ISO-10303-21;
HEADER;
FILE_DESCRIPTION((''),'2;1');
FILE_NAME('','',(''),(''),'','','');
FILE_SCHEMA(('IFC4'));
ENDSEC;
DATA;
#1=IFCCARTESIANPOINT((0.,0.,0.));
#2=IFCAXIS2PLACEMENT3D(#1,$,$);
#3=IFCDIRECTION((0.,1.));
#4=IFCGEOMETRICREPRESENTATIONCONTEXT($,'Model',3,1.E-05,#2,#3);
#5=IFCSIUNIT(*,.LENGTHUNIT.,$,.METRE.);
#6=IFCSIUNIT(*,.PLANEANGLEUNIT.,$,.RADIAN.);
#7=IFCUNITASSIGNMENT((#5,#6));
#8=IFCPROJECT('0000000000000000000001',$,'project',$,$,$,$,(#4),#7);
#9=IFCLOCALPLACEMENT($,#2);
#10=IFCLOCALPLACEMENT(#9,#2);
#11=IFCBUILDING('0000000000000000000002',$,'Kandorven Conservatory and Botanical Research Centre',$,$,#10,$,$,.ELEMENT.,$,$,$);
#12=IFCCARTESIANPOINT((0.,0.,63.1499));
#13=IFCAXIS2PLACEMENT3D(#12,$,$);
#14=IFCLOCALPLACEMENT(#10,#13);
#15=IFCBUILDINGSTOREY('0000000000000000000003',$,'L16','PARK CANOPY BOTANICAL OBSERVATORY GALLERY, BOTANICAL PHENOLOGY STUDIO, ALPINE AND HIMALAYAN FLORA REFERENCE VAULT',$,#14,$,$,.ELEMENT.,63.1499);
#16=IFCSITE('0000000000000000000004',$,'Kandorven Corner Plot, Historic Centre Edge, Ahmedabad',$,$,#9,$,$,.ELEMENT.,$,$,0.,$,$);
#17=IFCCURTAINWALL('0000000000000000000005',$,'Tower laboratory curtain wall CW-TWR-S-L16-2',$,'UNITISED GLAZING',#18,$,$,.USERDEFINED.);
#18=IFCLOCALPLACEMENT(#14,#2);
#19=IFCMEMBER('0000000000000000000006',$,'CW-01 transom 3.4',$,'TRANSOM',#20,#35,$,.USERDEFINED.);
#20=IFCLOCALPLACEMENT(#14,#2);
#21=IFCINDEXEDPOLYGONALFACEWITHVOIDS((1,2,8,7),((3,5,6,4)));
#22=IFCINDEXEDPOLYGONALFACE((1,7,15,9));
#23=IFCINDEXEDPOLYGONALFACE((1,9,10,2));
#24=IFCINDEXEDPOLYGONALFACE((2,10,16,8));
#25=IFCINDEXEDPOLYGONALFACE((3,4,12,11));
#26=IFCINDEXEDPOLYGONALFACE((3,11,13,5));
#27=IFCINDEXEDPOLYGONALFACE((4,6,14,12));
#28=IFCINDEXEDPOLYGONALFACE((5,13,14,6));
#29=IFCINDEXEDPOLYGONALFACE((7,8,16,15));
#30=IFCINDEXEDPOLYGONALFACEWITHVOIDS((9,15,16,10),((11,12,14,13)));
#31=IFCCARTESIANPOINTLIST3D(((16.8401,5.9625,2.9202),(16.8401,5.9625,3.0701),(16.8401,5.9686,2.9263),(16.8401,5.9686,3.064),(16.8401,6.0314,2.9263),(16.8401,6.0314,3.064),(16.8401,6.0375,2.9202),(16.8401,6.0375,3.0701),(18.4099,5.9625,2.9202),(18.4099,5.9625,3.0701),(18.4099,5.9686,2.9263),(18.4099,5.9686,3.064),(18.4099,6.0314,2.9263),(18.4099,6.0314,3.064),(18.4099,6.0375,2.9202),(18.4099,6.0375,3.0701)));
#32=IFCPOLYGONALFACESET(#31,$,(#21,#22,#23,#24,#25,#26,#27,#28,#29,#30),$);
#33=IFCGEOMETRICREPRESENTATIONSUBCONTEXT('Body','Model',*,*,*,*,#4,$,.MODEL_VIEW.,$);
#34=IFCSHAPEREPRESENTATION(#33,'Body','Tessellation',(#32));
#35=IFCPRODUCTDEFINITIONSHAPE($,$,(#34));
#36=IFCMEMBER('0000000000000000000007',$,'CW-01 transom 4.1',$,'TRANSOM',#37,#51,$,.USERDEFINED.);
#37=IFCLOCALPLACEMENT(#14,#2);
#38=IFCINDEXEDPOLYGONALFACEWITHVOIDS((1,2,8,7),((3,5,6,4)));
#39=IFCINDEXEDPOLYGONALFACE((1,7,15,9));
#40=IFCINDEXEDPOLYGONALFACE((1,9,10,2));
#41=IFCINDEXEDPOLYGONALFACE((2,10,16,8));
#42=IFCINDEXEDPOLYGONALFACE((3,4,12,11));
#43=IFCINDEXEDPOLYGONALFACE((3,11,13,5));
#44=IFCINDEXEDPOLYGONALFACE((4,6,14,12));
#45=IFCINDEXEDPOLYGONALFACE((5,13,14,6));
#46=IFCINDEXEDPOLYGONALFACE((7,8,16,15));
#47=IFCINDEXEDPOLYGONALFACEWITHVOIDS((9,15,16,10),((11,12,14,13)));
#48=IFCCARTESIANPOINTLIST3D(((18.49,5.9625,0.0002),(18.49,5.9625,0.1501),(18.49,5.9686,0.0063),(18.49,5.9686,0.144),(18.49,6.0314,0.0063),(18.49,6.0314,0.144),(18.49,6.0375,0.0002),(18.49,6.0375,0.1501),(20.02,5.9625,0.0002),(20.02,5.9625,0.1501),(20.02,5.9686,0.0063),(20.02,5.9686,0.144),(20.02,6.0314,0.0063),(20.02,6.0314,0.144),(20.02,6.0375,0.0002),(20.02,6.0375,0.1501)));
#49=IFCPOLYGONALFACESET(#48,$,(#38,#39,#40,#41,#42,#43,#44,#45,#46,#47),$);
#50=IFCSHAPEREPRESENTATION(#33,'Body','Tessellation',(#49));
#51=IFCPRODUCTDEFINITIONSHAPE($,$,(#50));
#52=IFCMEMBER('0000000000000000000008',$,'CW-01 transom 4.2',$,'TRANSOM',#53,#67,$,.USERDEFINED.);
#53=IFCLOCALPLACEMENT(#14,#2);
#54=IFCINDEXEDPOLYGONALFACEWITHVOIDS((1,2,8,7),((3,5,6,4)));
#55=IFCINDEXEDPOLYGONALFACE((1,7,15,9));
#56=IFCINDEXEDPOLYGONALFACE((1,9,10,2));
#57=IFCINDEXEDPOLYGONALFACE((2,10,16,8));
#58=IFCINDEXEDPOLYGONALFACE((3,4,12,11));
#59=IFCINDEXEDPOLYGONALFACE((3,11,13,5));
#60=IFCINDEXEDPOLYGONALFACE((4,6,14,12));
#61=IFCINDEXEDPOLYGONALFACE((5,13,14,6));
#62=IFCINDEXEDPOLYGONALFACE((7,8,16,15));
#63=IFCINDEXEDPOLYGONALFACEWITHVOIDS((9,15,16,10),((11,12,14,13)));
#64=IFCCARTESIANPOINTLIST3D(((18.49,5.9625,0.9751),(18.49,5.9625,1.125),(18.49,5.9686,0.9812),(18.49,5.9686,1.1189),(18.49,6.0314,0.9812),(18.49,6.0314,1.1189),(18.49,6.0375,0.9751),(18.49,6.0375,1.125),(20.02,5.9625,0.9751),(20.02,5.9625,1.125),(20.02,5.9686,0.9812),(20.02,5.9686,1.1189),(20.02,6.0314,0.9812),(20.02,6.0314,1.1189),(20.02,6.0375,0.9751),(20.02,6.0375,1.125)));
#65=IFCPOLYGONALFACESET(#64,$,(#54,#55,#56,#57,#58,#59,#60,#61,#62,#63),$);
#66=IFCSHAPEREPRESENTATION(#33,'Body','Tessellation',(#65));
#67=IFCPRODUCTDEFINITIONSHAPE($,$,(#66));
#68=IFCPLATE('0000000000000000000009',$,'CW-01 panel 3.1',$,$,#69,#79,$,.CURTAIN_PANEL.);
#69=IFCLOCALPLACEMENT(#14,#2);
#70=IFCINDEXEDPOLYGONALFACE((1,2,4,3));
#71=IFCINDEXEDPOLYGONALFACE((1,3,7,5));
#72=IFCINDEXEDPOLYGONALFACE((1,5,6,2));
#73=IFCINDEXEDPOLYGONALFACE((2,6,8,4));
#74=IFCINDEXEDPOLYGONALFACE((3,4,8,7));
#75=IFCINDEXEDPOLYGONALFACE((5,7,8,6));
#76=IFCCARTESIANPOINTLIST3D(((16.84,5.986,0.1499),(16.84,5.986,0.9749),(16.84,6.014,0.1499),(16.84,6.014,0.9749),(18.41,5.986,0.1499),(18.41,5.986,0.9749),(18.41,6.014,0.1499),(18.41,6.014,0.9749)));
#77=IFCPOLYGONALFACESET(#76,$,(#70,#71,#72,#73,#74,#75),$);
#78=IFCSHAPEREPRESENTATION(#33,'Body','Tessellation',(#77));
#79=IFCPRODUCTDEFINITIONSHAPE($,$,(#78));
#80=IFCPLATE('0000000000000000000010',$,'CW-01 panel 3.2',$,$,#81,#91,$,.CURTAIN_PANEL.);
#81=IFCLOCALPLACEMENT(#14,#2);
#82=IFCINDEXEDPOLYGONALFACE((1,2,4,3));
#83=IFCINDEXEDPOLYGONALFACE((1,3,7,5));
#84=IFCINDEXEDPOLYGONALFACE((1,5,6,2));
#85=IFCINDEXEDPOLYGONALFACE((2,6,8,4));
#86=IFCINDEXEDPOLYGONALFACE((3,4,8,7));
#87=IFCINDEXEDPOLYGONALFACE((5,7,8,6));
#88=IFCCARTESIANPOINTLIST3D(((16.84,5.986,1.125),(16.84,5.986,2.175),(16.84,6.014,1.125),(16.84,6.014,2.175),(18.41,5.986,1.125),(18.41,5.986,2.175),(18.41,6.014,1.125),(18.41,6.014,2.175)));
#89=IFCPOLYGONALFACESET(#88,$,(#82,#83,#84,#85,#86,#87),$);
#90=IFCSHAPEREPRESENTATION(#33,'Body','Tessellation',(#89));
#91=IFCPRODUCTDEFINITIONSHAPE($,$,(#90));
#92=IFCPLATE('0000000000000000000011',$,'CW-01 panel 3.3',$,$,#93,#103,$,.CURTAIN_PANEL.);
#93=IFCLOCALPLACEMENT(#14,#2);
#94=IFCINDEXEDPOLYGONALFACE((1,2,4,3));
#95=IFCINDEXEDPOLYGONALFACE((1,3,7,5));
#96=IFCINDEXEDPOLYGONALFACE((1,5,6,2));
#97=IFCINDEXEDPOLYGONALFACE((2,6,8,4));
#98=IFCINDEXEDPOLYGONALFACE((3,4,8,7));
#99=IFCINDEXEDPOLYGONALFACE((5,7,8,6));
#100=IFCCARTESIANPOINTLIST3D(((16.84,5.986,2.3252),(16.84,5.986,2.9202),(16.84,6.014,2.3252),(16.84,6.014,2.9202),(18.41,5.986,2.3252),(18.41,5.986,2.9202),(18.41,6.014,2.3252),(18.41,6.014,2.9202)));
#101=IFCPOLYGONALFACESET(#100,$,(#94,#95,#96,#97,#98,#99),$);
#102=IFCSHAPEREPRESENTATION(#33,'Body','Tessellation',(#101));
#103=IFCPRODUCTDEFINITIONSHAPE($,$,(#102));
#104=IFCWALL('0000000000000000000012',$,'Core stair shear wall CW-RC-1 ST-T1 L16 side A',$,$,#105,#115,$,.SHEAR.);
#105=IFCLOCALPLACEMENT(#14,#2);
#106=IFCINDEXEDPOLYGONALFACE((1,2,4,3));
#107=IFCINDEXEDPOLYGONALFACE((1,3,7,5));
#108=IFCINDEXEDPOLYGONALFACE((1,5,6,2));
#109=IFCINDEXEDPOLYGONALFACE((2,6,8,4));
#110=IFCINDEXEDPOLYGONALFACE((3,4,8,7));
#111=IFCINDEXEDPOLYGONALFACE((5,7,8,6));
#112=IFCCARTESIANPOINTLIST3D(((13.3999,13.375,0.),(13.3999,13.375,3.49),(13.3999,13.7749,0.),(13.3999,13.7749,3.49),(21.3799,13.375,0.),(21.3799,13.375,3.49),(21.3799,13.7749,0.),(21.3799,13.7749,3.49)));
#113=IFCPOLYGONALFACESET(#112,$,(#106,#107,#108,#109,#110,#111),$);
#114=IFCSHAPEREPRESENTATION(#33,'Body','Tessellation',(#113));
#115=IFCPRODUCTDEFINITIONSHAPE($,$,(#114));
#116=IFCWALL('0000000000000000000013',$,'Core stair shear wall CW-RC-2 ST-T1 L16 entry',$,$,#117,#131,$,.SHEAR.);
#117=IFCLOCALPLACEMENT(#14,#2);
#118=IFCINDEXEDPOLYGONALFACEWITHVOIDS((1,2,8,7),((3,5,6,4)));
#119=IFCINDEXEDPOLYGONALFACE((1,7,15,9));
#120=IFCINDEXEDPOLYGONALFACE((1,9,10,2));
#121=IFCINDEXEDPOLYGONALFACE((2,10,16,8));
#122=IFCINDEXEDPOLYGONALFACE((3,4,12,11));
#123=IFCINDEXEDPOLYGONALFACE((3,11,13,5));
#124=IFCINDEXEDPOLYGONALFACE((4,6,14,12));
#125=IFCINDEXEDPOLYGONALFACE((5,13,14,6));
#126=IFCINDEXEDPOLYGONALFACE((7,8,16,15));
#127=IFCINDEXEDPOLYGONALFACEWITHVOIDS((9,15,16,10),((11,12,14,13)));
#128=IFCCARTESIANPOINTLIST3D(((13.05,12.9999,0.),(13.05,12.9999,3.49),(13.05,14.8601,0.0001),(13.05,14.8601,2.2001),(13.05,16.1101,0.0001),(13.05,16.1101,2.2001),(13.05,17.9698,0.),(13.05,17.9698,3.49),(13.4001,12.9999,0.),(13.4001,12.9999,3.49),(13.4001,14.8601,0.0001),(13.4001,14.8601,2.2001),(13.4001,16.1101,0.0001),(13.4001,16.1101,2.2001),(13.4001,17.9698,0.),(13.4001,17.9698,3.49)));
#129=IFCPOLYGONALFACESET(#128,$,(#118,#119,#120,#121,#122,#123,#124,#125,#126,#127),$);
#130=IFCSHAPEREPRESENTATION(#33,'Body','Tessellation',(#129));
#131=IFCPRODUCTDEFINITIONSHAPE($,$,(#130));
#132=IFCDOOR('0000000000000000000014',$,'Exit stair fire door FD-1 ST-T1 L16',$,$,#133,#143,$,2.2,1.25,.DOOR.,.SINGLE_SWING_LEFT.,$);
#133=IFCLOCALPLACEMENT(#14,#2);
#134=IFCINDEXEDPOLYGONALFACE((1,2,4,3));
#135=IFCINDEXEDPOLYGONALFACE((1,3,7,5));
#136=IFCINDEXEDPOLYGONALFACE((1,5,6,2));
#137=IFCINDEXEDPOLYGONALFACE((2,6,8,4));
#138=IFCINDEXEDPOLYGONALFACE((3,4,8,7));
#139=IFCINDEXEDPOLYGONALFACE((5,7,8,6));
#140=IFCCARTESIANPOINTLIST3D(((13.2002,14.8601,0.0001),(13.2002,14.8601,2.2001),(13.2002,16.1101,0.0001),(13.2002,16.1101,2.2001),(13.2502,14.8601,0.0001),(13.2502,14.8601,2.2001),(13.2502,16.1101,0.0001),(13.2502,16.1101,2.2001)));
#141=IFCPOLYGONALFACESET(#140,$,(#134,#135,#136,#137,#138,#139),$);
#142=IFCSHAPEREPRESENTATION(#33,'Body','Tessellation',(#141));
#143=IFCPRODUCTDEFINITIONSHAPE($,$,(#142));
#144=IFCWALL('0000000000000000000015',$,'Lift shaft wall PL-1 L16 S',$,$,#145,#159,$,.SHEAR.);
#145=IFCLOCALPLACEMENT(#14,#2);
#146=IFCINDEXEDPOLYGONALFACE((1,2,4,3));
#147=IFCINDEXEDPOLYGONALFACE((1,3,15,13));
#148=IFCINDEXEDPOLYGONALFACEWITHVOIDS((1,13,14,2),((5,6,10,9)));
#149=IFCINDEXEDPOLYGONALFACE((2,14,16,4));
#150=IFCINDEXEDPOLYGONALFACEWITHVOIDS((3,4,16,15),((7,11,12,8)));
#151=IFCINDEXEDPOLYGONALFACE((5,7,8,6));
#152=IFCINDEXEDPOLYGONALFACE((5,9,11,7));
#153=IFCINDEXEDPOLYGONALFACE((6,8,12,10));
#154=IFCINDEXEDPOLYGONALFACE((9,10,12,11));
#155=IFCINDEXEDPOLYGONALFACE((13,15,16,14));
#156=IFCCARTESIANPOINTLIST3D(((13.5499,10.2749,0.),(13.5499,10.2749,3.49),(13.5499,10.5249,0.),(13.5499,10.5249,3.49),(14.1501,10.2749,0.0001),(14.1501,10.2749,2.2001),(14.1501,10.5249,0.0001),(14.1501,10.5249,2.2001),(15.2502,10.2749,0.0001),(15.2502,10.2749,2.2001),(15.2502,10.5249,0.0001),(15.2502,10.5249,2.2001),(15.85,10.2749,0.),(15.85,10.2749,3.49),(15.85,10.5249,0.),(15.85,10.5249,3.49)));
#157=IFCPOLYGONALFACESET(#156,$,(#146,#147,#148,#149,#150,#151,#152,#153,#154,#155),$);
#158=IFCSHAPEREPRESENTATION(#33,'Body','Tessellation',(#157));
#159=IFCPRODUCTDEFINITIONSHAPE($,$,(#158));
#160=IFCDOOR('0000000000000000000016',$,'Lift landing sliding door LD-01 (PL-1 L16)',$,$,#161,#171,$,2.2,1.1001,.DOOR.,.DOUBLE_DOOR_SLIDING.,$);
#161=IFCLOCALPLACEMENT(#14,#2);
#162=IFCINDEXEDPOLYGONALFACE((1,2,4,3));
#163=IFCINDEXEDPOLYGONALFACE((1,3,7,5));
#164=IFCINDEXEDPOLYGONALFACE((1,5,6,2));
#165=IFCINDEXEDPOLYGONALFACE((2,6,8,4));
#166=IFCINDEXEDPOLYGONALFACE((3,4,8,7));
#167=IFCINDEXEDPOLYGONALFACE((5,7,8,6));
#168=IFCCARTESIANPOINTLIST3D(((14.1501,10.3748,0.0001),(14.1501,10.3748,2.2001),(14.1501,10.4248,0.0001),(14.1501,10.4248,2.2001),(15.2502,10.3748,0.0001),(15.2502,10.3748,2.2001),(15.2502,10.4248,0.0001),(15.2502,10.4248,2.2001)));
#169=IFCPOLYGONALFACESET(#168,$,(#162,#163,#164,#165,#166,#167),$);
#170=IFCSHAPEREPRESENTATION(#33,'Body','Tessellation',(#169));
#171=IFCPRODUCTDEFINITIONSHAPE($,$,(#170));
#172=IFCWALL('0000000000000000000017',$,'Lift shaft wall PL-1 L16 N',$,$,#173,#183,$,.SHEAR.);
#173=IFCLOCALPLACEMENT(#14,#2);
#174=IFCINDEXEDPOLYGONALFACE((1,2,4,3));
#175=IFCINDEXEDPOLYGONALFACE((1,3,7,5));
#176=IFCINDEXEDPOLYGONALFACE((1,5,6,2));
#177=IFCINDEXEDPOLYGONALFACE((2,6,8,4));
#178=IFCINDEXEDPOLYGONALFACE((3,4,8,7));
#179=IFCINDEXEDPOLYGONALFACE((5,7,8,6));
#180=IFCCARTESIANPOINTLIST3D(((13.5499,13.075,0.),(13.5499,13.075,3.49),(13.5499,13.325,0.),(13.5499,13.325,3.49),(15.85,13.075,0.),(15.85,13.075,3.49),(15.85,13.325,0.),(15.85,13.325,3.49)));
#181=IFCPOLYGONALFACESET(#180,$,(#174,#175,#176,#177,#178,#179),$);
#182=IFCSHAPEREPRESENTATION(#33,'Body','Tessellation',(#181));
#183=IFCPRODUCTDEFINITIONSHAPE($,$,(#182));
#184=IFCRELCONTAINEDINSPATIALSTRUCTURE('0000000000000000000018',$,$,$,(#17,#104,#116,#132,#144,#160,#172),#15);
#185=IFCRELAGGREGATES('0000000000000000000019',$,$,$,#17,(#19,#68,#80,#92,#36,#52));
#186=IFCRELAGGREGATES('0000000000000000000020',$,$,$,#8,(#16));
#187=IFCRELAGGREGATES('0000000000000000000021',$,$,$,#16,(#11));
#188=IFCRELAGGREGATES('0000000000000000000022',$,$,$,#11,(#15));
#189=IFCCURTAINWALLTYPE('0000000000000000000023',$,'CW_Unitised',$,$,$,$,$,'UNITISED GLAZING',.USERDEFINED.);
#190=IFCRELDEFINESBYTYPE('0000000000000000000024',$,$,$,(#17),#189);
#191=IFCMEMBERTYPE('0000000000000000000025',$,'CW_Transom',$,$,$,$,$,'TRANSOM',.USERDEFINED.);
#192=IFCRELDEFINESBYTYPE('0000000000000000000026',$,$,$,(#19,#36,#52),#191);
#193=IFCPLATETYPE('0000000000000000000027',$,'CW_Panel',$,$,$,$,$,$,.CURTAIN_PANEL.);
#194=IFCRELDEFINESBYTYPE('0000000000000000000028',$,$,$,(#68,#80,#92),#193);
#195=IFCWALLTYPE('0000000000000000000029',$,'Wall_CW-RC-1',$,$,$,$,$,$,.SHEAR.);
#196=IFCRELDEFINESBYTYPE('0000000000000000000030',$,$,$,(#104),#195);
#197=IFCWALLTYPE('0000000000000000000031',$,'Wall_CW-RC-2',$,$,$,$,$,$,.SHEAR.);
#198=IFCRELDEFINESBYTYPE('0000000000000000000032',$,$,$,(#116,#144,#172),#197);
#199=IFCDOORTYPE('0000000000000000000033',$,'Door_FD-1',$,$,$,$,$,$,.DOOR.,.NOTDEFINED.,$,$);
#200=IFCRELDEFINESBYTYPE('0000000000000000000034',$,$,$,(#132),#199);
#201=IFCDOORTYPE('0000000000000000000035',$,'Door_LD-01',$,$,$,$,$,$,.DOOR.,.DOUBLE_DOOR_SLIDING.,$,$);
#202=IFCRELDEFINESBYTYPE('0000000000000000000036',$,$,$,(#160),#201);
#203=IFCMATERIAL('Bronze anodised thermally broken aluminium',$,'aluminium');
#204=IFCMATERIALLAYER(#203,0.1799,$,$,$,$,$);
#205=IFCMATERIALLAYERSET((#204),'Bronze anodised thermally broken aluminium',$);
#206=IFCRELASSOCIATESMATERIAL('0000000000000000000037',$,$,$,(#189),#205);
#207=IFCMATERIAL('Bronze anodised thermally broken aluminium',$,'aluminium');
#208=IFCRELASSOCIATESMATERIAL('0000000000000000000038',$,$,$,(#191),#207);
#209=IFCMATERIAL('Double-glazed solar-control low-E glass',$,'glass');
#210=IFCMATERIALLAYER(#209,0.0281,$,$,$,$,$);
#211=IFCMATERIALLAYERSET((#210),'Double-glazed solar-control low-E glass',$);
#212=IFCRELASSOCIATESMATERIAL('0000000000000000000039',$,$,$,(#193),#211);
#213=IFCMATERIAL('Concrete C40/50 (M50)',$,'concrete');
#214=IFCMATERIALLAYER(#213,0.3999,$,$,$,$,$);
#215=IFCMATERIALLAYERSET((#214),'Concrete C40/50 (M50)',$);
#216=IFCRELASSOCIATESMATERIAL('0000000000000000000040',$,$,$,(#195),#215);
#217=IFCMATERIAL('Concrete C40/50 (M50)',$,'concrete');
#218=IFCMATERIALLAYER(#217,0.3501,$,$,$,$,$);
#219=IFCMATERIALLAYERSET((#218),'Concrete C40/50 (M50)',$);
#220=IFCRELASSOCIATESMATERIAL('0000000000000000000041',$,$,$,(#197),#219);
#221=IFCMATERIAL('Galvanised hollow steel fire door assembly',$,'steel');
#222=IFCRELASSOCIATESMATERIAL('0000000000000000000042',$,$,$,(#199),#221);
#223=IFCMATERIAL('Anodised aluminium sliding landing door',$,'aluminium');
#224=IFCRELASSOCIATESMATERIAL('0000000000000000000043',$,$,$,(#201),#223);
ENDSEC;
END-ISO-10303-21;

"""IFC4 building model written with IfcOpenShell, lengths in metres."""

from ifc_helpers import new_model, si_unit, direction, frame, frame_2d, origin, origin_2d, place, context, subcontext, project, spatial, rectangle, hollow_rectangle, extrude, material, layer, layer_set, material_profile, profile_set, type_object, element, fill, aggregate, save


model = new_model("IFC4")

# Units and contexts
model_context = context("Model", 3, precision=1e-05, world=origin(), true_north=direction((0.0, 1.0)))
body_context = subcontext(model_context, "Body", "Model", "MODEL_VIEW")
ifc_project = project(units=[si_unit("LENGTHUNIT", "METRE"), si_unit("PLANEANGLEUNIT", "RADIAN")], contexts=[model_context])

# Site, building, storey
site_placement = place(None, origin())
site = spatial("IfcSite", under=ifc_project, at=site_placement, Name="Kandorven Corner Plot, Historic Centre Edge, Ahmedabad", CompositionType="ELEMENT", RefElevation=0.0)
building_placement = place(site_placement, origin())
building = spatial("IfcBuilding", under=site, at=building_placement, Name="Kandorven Conservatory and Botanical Research Centre", CompositionType="ELEMENT")
storey_placement = place(building_placement, frame((0.0, 0.0, 63.1499)))
storey = spatial("IfcBuildingStorey", under=building, at=storey_placement, Name="L16", Description="PARK CANOPY BOTANICAL OBSERVATORY GALLERY, BOTANICAL PHENOLOGY STUDIO, ALPINE AND HIMALAYAN FLORA REFERENCE VAULT", CompositionType="ELEMENT", Elevation=63.1499)

# Curtain wall, members, plates
ifc_material_1 = material(Name="Bronze anodised thermally broken aluminium", Category="aluminium")
ifc_layer_1 = layer(ifc_material_1, 0.1799)
ifc_layer_set_1 = layer_set([ifc_layer_1], Name="Bronze anodised thermally broken aluminium")
curtain_wall_type = type_object("IfcCurtainWallType", Name="CW_Unitised", ElementType="UNITISED GLAZING", PredefinedType="USERDEFINED", material=ifc_layer_set_1)
curtain_wall_placement = place(storey_placement, origin())
curtain_wall = element("IfcCurtainWall", 1, at=curtain_wall_placement, inside=storey, type_object=curtain_wall_type, Name="Tower laboratory curtain wall CW-TWR-S-L16-2", ObjectType="UNITISED GLAZING", PredefinedType="USERDEFINED")
ifc_material_2 = material(Name="Bronze anodised thermally broken aluminium", Category="aluminium")
ifc_material_profile_1 = material_profile(ifc_material_2, hollow_rectangle(XDim=0.075, YDim=0.1499, WallThickness=0.0061, at=origin_2d()))
ifc_profile_set_1 = profile_set([ifc_material_profile_1], Name="Bronze anodised thermally broken aluminium")
member_type_1 = type_object("IfcMemberType", Name="CW_Transom", ElementType="TRANSOM", PredefinedType="USERDEFINED", material=ifc_profile_set_1)
member_1_placement = place(storey_placement, frame((16.8401, 6.0, 2.9951), z_axis=(1.0, 0.0, 0.0), x_axis=(0.0, 1.0, 0.0)))
member_1 = element("IfcMember", 2, at=member_1_placement, type_object=member_type_1, Name="CW-01 transom 3.4", ObjectType="TRANSOM", PredefinedType="USERDEFINED", context=body_context, shape_type="SweptSolid", body=[
    extrude(hollow_rectangle(XDim=0.075, YDim=0.1499, WallThickness=0.0061, at=origin_2d()), origin(), (0.0, 0.0, 1.0), 1.5698),
])
member_2_placement = place(storey_placement, frame((18.49, 6.0, 0.0752), z_axis=(1.0, 0.0, 0.0), x_axis=(0.0, 1.0, 0.0)))
member_2 = element("IfcMember", 3, at=member_2_placement, type_object=member_type_1, Name="CW-01 transom 4.1", ObjectType="TRANSOM", PredefinedType="USERDEFINED", context=body_context, shape_type="SweptSolid", body=[
    extrude(hollow_rectangle(XDim=0.075, YDim=0.1499, WallThickness=0.0061, at=origin_2d()), origin(), (0.0, 0.0, 1.0), 1.53),
])
member_3_placement = place(storey_placement, frame((18.49, 6.0, 1.05), z_axis=(1.0, 0.0, 0.0), x_axis=(0.0, 1.0, 0.0)))
member_3 = element("IfcMember", 4, at=member_3_placement, type_object=member_type_1, Name="CW-01 transom 4.2", ObjectType="TRANSOM", PredefinedType="USERDEFINED", context=body_context, shape_type="SweptSolid", body=[
    extrude(hollow_rectangle(XDim=0.075, YDim=0.1499, WallThickness=0.0061, at=origin_2d()), origin(), (0.0, 0.0, 1.0), 1.53),
])
ifc_material_3 = material(Name="Double-glazed solar-control low-E glass", Category="glass")
ifc_layer_2 = layer(ifc_material_3, 0.0281)
ifc_layer_set_2 = layer_set([ifc_layer_2], Name="Double-glazed solar-control low-E glass")
plate_type = type_object("IfcPlateType", Name="CW_Panel", PredefinedType="CURTAIN_PANEL", material=ifc_layer_set_2)
plate_1_placement = place(storey_placement, frame((17.625, 6.0, 0.1499), z_axis=(0.0, 0.0, 1.0), x_axis=(1.0, 0.0, 0.0)))
plate_1 = element("IfcPlate", 5, at=plate_1_placement, type_object=plate_type, Name="CW-01 panel 3.1", PredefinedType="CURTAIN_PANEL", context=body_context, shape_type="SweptSolid", body=[
    extrude(rectangle(XDim=1.5701, YDim=0.0281, at=origin_2d()), origin(), (0.0, 0.0, 1.0), 0.825),
])
plate_2_placement = place(storey_placement, frame((17.625, 6.0, 1.125), z_axis=(0.0, 0.0, 1.0), x_axis=(1.0, 0.0, 0.0)))
plate_2 = element("IfcPlate", 6, at=plate_2_placement, type_object=plate_type, Name="CW-01 panel 3.2", PredefinedType="CURTAIN_PANEL", context=body_context, shape_type="SweptSolid", body=[
    extrude(rectangle(XDim=1.5701, YDim=0.0281, at=origin_2d()), origin(), (0.0, 0.0, 1.0), 1.05),
])
plate_3_placement = place(storey_placement, frame((17.625, 6.0, 2.3252), z_axis=(0.0, 0.0, 1.0), x_axis=(1.0, 0.0, 0.0)))
plate_3 = element("IfcPlate", 7, at=plate_3_placement, type_object=plate_type, Name="CW-01 panel 3.3", PredefinedType="CURTAIN_PANEL", context=body_context, shape_type="SweptSolid", body=[
    extrude(rectangle(XDim=1.5701, YDim=0.0281, at=origin_2d()), origin(), (0.0, 0.0, 1.0), 0.595),
])
aggregate(curtain_wall, [member_1, plate_1, plate_2, plate_3, member_2, member_3])

# Wall
ifc_material_4 = material(Name="Concrete C40/50 (M50)", Category="concrete")
ifc_layer_3 = layer(ifc_material_4, 0.3999)
ifc_layer_set_3 = layer_set([ifc_layer_3], Name="Concrete C40/50 (M50)")
wall_type_1 = type_object("IfcWallType", Name="Wall_CW-RC-1", PredefinedType="SHEAR", material=ifc_layer_set_3)
wall_1_placement = place(storey_placement, frame((13.3999, 13.575, 0.0), z_axis=(0.0, 0.0, 1.0), x_axis=(1.0, 0.0, 0.0)))
element("IfcWall", 8, at=wall_1_placement, inside=storey, type_object=wall_type_1, Name="Core stair shear wall CW-RC-1 ST-T1 L16 side A", PredefinedType="SHEAR", context=body_context, shape_type="SweptSolid", body=[
    extrude(rectangle(XDim=7.98, YDim=0.3999, at=frame_2d((3.99, 0.0))), origin(), (0.0, 0.0, 1.0), 3.49),
])

# Walls, openings, doors
ifc_material_5 = material(Name="Concrete C40/50 (M50)", Category="concrete")
ifc_layer_4 = layer(ifc_material_5, 0.3501)
ifc_layer_set_4 = layer_set([ifc_layer_4], Name="Concrete C40/50 (M50)")
wall_type_2 = type_object("IfcWallType", Name="Wall_CW-RC-2", PredefinedType="SHEAR", material=ifc_layer_set_4)
wall_2_placement = place(storey_placement, frame((13.2251, 13.0, 0.0), z_axis=(0.0, 0.0, 1.0), x_axis=(0.0, 1.0, 0.0)))
wall_2 = element("IfcWall", 9, at=wall_2_placement, inside=storey, type_object=wall_type_2, Name="Core stair shear wall CW-RC-2 ST-T1 L16 entry", PredefinedType="SHEAR", context=body_context, shape_type="SweptSolid", body=[
    extrude(rectangle(XDim=4.97, YDim=0.3501, at=frame_2d((2.4849, 0.0))), origin(), (0.0, 0.0, 1.0), 3.49),
])
opening_1_placement = place(wall_2_placement, frame((1.8601, 0.0, 0.0)))
opening_1 = element("IfcOpeningElement", 10, at=opening_1_placement, cuts=wall_2, PredefinedType="OPENING", context=body_context, shape_type="SweptSolid", body=[
    extrude(rectangle(XDim=1.25, YDim=2.2, at=frame_2d((0.625, 1.1001))), frame((0.0, 0.1851, 0.0), z_axis=(0.0, -1.0, 0.0), x_axis=(1.0, 0.0, 0.0)), (0.0, 0.0, 1.0), 0.3701),
])
ifc_material_6 = material(Name="Galvanised hollow steel fire door assembly", Category="steel")
door_type_1 = type_object("IfcDoorType", Name="Door_FD-1", OperationType="NOTDEFINED", PredefinedType="DOOR", material=ifc_material_6)
door_1_placement = place(opening_1_placement, origin())
door_1 = element("IfcDoor", 11, at=door_1_placement, inside=storey, type_object=door_type_1, Name="Exit stair fire door FD-1 ST-T1 L16", OperationType="SINGLE_SWING_LEFT", OverallHeight=2.2, OverallWidth=1.25, PredefinedType="DOOR", context=body_context, shape_type="SweptSolid", body=[
    extrude(rectangle(XDim=1.25, YDim=2.2, at=frame_2d((0.625, 1.1001))), frame((0.0, 0.0249, 0.0), z_axis=(0.0, -1.0, 0.0), x_axis=(1.0, 0.0, 0.0)), (0.0, 0.0, 1.0), 0.05),
])
fill(opening_1, door_1)
wall_3_placement = place(storey_placement, frame((13.55, 10.3999, 0.0), z_axis=(0.0, 0.0, 1.0), x_axis=(1.0, 0.0, 0.0)))
wall_3 = element("IfcWall", 12, at=wall_3_placement, inside=storey, type_object=wall_type_2, Name="Lift shaft wall PL-1 L16 S", PredefinedType="SHEAR", context=body_context, shape_type="SweptSolid", body=[
    extrude(rectangle(XDim=2.3, YDim=0.25, at=frame_2d((1.1499, 0.0))), origin(), (0.0, 0.0, 1.0), 3.49),
])
opening_2_placement = place(wall_3_placement, frame((0.6001, 0.0, 0.0)))
opening_2 = element("IfcOpeningElement", 13, at=opening_2_placement, cuts=wall_3, PredefinedType="OPENING", context=body_context, shape_type="SweptSolid", body=[
    extrude(rectangle(XDim=1.1001, YDim=2.2, at=frame_2d((0.55, 1.1001))), frame((0.0, 0.135, 0.0), z_axis=(0.0, -1.0, 0.0), x_axis=(1.0, 0.0, 0.0)), (0.0, 0.0, 1.0), 0.27),
])
ifc_material_7 = material(Name="Anodised aluminium sliding landing door", Category="aluminium")
door_type_2 = type_object("IfcDoorType", Name="Door_LD-01", OperationType="DOUBLE_DOOR_SLIDING", PredefinedType="DOOR", material=ifc_material_7)
door_2_placement = place(opening_2_placement, origin())
door_2 = element("IfcDoor", 14, at=door_2_placement, inside=storey, type_object=door_type_2, Name="Lift landing sliding door LD-01 (PL-1 L16)", OperationType="DOUBLE_DOOR_SLIDING", OverallHeight=2.2, OverallWidth=1.1001, PredefinedType="DOOR", context=body_context, shape_type="SweptSolid", body=[
    extrude(rectangle(XDim=1.1001, YDim=2.2, at=frame_2d((0.55, 1.1001))), frame((0.0, 0.0249, 0.0), z_axis=(0.0, -1.0, 0.0), x_axis=(1.0, 0.0, 0.0)), (0.0, 0.0, 1.0), 0.05),
])
fill(opening_2, door_2)

# Wall
wall_4_placement = place(storey_placement, frame((13.55, 13.2, 0.0), z_axis=(0.0, 0.0, 1.0), x_axis=(1.0, 0.0, 0.0)))
element("IfcWall", 15, at=wall_4_placement, inside=storey, type_object=wall_type_2, Name="Lift shaft wall PL-1 L16 N", PredefinedType="SHEAR", context=body_context, shape_type="SweptSolid", body=[
    extrude(rectangle(XDim=2.3, YDim=0.25, at=frame_2d((1.1499, 0.0))), origin(), (0.0, 0.0, 1.0), 3.49),
])

save(model, "model.ifc")
